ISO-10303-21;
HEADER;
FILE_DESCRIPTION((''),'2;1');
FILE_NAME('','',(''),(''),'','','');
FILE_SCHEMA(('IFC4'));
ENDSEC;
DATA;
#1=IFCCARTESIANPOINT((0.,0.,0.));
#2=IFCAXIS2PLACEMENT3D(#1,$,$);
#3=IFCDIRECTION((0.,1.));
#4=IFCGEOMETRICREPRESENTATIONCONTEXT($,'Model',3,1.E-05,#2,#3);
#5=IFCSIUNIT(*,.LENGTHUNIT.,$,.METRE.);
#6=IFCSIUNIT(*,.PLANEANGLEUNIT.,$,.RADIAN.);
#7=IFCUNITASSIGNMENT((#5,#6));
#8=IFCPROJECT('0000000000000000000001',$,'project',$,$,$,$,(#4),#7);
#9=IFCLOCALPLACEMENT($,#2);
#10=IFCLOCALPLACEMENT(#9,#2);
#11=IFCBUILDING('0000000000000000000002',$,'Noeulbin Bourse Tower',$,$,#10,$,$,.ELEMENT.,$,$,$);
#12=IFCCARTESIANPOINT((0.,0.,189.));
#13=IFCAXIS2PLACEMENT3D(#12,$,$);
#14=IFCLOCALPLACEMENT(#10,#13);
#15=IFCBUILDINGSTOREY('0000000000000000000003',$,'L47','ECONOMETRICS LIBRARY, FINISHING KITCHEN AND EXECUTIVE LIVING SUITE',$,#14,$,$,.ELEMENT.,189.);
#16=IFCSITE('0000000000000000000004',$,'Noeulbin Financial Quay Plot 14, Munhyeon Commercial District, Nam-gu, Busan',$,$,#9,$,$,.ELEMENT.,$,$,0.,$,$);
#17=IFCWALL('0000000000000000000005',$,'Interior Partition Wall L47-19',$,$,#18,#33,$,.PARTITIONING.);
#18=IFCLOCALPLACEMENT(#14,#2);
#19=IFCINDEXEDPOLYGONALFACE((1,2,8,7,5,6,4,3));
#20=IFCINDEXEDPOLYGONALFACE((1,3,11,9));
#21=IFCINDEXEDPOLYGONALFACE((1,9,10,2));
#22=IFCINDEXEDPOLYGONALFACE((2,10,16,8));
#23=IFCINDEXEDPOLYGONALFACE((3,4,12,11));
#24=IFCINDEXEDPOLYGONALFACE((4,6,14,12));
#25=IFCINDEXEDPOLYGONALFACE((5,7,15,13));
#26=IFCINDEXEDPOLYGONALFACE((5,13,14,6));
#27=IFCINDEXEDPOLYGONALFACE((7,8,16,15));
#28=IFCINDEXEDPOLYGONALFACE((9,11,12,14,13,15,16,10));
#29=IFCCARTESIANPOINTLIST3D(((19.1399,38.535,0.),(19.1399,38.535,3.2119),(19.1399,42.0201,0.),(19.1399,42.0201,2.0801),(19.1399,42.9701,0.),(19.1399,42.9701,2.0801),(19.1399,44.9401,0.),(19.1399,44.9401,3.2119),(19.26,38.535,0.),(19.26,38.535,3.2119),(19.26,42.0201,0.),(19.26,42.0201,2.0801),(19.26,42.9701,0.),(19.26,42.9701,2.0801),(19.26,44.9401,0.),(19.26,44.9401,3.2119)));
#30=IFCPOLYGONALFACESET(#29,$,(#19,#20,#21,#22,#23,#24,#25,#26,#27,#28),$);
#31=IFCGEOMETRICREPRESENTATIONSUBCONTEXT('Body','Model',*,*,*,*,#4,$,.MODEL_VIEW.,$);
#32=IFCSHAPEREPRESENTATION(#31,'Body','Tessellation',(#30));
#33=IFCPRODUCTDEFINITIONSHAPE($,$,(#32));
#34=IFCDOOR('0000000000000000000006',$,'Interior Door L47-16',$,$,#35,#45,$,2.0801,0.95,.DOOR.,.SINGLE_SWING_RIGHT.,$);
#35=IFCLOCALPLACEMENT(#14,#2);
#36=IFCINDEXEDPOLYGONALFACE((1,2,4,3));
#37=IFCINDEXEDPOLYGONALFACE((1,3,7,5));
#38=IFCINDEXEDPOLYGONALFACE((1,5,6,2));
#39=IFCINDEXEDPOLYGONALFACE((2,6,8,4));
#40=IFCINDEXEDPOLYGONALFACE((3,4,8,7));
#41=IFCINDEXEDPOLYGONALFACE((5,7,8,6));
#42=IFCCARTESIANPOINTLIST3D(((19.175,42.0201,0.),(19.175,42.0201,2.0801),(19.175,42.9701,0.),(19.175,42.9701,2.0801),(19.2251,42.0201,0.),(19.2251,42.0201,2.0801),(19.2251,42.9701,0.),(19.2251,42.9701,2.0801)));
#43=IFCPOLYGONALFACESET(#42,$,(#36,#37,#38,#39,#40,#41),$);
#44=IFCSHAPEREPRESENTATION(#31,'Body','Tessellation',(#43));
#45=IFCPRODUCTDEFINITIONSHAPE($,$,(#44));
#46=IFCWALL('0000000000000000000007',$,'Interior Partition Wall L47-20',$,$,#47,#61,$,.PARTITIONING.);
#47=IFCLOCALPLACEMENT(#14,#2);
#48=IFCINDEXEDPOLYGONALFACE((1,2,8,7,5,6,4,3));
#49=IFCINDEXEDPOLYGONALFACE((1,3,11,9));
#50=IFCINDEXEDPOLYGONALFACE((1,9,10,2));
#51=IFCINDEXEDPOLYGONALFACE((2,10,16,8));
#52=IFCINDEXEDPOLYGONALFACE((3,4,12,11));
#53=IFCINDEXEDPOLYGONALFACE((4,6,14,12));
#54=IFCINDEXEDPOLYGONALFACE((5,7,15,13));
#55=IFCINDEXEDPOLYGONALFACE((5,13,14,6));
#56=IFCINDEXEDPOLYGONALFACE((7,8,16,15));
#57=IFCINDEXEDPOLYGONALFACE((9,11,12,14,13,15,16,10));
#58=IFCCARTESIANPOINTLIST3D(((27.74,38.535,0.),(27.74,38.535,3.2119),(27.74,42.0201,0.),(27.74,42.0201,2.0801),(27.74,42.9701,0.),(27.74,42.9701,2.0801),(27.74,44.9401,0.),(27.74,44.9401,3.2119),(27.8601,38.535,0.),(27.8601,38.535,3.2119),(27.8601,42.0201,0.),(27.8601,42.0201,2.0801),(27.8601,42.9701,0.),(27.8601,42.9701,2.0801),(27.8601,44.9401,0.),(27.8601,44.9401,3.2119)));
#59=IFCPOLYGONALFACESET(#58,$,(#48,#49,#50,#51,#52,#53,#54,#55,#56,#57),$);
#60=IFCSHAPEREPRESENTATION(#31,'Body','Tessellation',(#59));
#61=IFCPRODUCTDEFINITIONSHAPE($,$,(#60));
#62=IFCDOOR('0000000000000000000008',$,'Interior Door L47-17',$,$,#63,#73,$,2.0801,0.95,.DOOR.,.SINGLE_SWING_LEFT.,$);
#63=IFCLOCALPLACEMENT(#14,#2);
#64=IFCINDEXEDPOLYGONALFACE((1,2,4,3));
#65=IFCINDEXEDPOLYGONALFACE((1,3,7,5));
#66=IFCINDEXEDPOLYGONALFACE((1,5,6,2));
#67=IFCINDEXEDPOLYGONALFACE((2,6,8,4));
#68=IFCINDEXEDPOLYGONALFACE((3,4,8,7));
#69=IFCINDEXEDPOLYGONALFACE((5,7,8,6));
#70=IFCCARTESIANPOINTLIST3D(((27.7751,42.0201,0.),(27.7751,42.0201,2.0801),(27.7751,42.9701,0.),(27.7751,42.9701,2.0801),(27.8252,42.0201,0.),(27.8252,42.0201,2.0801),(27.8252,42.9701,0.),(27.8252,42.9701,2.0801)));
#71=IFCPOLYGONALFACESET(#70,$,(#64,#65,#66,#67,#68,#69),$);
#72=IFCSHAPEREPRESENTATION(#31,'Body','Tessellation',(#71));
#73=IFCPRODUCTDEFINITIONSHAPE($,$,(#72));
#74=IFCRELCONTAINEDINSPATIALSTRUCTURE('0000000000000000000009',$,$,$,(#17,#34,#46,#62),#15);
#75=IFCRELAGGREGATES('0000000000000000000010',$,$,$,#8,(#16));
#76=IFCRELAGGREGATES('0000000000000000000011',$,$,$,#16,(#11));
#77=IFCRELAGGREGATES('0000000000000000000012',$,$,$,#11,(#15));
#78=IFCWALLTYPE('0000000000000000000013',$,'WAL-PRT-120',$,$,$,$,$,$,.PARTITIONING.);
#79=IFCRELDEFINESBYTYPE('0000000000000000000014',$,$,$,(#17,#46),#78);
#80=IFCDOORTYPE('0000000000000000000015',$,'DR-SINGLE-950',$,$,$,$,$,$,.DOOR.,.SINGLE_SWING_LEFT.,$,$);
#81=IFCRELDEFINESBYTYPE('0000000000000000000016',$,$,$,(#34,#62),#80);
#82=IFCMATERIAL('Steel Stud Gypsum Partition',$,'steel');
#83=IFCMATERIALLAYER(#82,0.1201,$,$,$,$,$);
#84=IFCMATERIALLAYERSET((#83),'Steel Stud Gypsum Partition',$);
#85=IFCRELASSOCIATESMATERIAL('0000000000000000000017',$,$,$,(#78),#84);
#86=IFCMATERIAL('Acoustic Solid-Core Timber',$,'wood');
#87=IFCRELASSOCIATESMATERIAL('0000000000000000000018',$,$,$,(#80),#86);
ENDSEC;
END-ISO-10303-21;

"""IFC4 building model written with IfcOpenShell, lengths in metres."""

from ifc_helpers import new_model, si_unit, direction, frame, frame_2d, origin, place, context, subcontext, project, spatial, rectangle, extrude, material, layer, layer_set, type_object, element, fill, save


model = new_model("IFC4")

# Units and contexts
model_context = context("Model", 3, precision=1e-05, world=origin(), true_north=direction((0.0, 1.0)))
body_context = subcontext(model_context, "Body", "Model", "MODEL_VIEW")
ifc_project = project(units=[si_unit("LENGTHUNIT", "METRE"), si_unit("PLANEANGLEUNIT", "RADIAN")], contexts=[model_context])

# Site, building, storey
site_placement = place(None, origin())
site = spatial("IfcSite", under=ifc_project, at=site_placement, Name="Noeulbin Financial Quay Plot 14, Munhyeon Commercial District, Nam-gu, Busan", CompositionType="ELEMENT", RefElevation=0.0)
building_placement = place(site_placement, origin())
building = spatial("IfcBuilding", under=site, at=building_placement, Name="Noeulbin Bourse Tower", CompositionType="ELEMENT")
storey_placement = place(building_placement, frame((0.0, 0.0, 189.0)))
storey = spatial("IfcBuildingStorey", under=building, at=storey_placement, Name="L47", Description="ECONOMETRICS LIBRARY, FINISHING KITCHEN AND EXECUTIVE LIVING SUITE", CompositionType="ELEMENT", Elevation=189.0)

# Walls, openings, doors
ifc_material_1 = material(Name="Steel Stud Gypsum Partition", Category="steel")
ifc_layer_1 = layer(ifc_material_1, 0.1201)
ifc_layer_set_1 = layer_set([ifc_layer_1], Name="Steel Stud Gypsum Partition")
wall_type = type_object("IfcWallType", Name="WAL-PRT-120", PredefinedType="PARTITIONING", material=ifc_layer_set_1)
wall_1_placement = place(storey_placement, frame((19.2, 38.5349, 0.0), z_axis=(0.0, 0.0, 1.0), x_axis=(0.0, 1.0, 0.0)))
wall_1 = element("IfcWall", 1, at=wall_1_placement, inside=storey, type_object=wall_type, Name="Interior Partition Wall L47-19", PredefinedType="PARTITIONING", context=body_context, shape_type="SweptSolid", body=[
    extrude(rectangle(XDim=6.405, YDim=0.1201, at=frame_2d((3.2026, 0.0))), origin(), (0.0, 0.0, 1.0), 3.2119),
])
opening_1_placement = place(wall_1_placement, frame((3.4851, 0.0, 0.0)))
opening_1 = element("IfcOpeningElement", 2, at=opening_1_placement, cuts=wall_1, PredefinedType="OPENING", context=body_context, shape_type="SweptSolid", body=[
    extrude(rectangle(XDim=0.95, YDim=2.0801, at=frame_2d((0.4751, 1.04))), frame((0.0, 0.0701, 0.0), z_axis=(0.0, -1.0, 0.0), x_axis=(1.0, 0.0, 0.0)), (0.0, 0.0, 1.0), 0.1401),
])
ifc_material_2 = material(Name="Acoustic Solid-Core Timber", Category="wood")
door_type = type_object("IfcDoorType", Name="DR-SINGLE-950", OperationType="SINGLE_SWING_LEFT", PredefinedType="DOOR", material=ifc_material_2)
door_1_placement = place(opening_1_placement, origin())
door_1 = element("IfcDoor", 3, at=door_1_placement, inside=storey, type_object=door_type, Name="Interior Door L47-16", OperationType="SINGLE_SWING_RIGHT", OverallHeight=2.0801, OverallWidth=0.95, PredefinedType="DOOR", context=body_context, shape_type="SweptSolid", body=[
    extrude(rectangle(XDim=0.95, YDim=2.0801, at=frame_2d((0.4751, 1.04))), frame((0.0, 0.0249, 0.0), z_axis=(0.0, -1.0, 0.0), x_axis=(1.0, 0.0, 0.0)), (0.0, 0.0, 1.0), 0.05),
])
fill(opening_1, door_1)
wall_2_placement = place(storey_placement, frame((27.8, 38.5349, 0.0), z_axis=(0.0, 0.0, 1.0), x_axis=(0.0, 1.0, 0.0)))
wall_2 = element("IfcWall", 4, at=wall_2_placement, inside=storey, type_object=wall_type, Name="Interior Partition Wall L47-20", PredefinedType="PARTITIONING", context=body_context, shape_type="SweptSolid", body=[
    extrude(rectangle(XDim=6.405, YDim=0.1201, at=frame_2d((3.2026, 0.0))), origin(), (0.0, 0.0, 1.0), 3.2119),
])
opening_2_placement = place(wall_2_placement, frame((3.4851, 0.0, 0.0)))
opening_2 = element("IfcOpeningElement", 5, at=opening_2_placement, cuts=wall_2, PredefinedType="OPENING", context=body_context, shape_type="SweptSolid", body=[
    extrude(rectangle(XDim=0.95, YDim=2.0801, at=frame_2d((0.4751, 1.04))), frame((0.0, 0.0701, 0.0), z_axis=(0.0, -1.0, 0.0), x_axis=(1.0, 0.0, 0.0)), (0.0, 0.0, 1.0), 0.1401),
])
door_2_placement = place(opening_2_placement, origin())
door_2 = element("IfcDoor", 6, at=door_2_placement, inside=storey, type_object=door_type, Name="Interior Door L47-17", OperationType="SINGLE_SWING_LEFT", OverallHeight=2.0801, OverallWidth=0.95, PredefinedType="DOOR", context=body_context, shape_type="SweptSolid", body=[
    extrude(rectangle(XDim=0.95, YDim=2.0801, at=frame_2d((0.4751, 1.04))), frame((0.0, 0.0249, 0.0), z_axis=(0.0, -1.0, 0.0), x_axis=(1.0, 0.0, 0.0)), (0.0, 0.0, 1.0), 0.05),
])
fill(opening_2, door_2)

save(model, "model.ifc")
